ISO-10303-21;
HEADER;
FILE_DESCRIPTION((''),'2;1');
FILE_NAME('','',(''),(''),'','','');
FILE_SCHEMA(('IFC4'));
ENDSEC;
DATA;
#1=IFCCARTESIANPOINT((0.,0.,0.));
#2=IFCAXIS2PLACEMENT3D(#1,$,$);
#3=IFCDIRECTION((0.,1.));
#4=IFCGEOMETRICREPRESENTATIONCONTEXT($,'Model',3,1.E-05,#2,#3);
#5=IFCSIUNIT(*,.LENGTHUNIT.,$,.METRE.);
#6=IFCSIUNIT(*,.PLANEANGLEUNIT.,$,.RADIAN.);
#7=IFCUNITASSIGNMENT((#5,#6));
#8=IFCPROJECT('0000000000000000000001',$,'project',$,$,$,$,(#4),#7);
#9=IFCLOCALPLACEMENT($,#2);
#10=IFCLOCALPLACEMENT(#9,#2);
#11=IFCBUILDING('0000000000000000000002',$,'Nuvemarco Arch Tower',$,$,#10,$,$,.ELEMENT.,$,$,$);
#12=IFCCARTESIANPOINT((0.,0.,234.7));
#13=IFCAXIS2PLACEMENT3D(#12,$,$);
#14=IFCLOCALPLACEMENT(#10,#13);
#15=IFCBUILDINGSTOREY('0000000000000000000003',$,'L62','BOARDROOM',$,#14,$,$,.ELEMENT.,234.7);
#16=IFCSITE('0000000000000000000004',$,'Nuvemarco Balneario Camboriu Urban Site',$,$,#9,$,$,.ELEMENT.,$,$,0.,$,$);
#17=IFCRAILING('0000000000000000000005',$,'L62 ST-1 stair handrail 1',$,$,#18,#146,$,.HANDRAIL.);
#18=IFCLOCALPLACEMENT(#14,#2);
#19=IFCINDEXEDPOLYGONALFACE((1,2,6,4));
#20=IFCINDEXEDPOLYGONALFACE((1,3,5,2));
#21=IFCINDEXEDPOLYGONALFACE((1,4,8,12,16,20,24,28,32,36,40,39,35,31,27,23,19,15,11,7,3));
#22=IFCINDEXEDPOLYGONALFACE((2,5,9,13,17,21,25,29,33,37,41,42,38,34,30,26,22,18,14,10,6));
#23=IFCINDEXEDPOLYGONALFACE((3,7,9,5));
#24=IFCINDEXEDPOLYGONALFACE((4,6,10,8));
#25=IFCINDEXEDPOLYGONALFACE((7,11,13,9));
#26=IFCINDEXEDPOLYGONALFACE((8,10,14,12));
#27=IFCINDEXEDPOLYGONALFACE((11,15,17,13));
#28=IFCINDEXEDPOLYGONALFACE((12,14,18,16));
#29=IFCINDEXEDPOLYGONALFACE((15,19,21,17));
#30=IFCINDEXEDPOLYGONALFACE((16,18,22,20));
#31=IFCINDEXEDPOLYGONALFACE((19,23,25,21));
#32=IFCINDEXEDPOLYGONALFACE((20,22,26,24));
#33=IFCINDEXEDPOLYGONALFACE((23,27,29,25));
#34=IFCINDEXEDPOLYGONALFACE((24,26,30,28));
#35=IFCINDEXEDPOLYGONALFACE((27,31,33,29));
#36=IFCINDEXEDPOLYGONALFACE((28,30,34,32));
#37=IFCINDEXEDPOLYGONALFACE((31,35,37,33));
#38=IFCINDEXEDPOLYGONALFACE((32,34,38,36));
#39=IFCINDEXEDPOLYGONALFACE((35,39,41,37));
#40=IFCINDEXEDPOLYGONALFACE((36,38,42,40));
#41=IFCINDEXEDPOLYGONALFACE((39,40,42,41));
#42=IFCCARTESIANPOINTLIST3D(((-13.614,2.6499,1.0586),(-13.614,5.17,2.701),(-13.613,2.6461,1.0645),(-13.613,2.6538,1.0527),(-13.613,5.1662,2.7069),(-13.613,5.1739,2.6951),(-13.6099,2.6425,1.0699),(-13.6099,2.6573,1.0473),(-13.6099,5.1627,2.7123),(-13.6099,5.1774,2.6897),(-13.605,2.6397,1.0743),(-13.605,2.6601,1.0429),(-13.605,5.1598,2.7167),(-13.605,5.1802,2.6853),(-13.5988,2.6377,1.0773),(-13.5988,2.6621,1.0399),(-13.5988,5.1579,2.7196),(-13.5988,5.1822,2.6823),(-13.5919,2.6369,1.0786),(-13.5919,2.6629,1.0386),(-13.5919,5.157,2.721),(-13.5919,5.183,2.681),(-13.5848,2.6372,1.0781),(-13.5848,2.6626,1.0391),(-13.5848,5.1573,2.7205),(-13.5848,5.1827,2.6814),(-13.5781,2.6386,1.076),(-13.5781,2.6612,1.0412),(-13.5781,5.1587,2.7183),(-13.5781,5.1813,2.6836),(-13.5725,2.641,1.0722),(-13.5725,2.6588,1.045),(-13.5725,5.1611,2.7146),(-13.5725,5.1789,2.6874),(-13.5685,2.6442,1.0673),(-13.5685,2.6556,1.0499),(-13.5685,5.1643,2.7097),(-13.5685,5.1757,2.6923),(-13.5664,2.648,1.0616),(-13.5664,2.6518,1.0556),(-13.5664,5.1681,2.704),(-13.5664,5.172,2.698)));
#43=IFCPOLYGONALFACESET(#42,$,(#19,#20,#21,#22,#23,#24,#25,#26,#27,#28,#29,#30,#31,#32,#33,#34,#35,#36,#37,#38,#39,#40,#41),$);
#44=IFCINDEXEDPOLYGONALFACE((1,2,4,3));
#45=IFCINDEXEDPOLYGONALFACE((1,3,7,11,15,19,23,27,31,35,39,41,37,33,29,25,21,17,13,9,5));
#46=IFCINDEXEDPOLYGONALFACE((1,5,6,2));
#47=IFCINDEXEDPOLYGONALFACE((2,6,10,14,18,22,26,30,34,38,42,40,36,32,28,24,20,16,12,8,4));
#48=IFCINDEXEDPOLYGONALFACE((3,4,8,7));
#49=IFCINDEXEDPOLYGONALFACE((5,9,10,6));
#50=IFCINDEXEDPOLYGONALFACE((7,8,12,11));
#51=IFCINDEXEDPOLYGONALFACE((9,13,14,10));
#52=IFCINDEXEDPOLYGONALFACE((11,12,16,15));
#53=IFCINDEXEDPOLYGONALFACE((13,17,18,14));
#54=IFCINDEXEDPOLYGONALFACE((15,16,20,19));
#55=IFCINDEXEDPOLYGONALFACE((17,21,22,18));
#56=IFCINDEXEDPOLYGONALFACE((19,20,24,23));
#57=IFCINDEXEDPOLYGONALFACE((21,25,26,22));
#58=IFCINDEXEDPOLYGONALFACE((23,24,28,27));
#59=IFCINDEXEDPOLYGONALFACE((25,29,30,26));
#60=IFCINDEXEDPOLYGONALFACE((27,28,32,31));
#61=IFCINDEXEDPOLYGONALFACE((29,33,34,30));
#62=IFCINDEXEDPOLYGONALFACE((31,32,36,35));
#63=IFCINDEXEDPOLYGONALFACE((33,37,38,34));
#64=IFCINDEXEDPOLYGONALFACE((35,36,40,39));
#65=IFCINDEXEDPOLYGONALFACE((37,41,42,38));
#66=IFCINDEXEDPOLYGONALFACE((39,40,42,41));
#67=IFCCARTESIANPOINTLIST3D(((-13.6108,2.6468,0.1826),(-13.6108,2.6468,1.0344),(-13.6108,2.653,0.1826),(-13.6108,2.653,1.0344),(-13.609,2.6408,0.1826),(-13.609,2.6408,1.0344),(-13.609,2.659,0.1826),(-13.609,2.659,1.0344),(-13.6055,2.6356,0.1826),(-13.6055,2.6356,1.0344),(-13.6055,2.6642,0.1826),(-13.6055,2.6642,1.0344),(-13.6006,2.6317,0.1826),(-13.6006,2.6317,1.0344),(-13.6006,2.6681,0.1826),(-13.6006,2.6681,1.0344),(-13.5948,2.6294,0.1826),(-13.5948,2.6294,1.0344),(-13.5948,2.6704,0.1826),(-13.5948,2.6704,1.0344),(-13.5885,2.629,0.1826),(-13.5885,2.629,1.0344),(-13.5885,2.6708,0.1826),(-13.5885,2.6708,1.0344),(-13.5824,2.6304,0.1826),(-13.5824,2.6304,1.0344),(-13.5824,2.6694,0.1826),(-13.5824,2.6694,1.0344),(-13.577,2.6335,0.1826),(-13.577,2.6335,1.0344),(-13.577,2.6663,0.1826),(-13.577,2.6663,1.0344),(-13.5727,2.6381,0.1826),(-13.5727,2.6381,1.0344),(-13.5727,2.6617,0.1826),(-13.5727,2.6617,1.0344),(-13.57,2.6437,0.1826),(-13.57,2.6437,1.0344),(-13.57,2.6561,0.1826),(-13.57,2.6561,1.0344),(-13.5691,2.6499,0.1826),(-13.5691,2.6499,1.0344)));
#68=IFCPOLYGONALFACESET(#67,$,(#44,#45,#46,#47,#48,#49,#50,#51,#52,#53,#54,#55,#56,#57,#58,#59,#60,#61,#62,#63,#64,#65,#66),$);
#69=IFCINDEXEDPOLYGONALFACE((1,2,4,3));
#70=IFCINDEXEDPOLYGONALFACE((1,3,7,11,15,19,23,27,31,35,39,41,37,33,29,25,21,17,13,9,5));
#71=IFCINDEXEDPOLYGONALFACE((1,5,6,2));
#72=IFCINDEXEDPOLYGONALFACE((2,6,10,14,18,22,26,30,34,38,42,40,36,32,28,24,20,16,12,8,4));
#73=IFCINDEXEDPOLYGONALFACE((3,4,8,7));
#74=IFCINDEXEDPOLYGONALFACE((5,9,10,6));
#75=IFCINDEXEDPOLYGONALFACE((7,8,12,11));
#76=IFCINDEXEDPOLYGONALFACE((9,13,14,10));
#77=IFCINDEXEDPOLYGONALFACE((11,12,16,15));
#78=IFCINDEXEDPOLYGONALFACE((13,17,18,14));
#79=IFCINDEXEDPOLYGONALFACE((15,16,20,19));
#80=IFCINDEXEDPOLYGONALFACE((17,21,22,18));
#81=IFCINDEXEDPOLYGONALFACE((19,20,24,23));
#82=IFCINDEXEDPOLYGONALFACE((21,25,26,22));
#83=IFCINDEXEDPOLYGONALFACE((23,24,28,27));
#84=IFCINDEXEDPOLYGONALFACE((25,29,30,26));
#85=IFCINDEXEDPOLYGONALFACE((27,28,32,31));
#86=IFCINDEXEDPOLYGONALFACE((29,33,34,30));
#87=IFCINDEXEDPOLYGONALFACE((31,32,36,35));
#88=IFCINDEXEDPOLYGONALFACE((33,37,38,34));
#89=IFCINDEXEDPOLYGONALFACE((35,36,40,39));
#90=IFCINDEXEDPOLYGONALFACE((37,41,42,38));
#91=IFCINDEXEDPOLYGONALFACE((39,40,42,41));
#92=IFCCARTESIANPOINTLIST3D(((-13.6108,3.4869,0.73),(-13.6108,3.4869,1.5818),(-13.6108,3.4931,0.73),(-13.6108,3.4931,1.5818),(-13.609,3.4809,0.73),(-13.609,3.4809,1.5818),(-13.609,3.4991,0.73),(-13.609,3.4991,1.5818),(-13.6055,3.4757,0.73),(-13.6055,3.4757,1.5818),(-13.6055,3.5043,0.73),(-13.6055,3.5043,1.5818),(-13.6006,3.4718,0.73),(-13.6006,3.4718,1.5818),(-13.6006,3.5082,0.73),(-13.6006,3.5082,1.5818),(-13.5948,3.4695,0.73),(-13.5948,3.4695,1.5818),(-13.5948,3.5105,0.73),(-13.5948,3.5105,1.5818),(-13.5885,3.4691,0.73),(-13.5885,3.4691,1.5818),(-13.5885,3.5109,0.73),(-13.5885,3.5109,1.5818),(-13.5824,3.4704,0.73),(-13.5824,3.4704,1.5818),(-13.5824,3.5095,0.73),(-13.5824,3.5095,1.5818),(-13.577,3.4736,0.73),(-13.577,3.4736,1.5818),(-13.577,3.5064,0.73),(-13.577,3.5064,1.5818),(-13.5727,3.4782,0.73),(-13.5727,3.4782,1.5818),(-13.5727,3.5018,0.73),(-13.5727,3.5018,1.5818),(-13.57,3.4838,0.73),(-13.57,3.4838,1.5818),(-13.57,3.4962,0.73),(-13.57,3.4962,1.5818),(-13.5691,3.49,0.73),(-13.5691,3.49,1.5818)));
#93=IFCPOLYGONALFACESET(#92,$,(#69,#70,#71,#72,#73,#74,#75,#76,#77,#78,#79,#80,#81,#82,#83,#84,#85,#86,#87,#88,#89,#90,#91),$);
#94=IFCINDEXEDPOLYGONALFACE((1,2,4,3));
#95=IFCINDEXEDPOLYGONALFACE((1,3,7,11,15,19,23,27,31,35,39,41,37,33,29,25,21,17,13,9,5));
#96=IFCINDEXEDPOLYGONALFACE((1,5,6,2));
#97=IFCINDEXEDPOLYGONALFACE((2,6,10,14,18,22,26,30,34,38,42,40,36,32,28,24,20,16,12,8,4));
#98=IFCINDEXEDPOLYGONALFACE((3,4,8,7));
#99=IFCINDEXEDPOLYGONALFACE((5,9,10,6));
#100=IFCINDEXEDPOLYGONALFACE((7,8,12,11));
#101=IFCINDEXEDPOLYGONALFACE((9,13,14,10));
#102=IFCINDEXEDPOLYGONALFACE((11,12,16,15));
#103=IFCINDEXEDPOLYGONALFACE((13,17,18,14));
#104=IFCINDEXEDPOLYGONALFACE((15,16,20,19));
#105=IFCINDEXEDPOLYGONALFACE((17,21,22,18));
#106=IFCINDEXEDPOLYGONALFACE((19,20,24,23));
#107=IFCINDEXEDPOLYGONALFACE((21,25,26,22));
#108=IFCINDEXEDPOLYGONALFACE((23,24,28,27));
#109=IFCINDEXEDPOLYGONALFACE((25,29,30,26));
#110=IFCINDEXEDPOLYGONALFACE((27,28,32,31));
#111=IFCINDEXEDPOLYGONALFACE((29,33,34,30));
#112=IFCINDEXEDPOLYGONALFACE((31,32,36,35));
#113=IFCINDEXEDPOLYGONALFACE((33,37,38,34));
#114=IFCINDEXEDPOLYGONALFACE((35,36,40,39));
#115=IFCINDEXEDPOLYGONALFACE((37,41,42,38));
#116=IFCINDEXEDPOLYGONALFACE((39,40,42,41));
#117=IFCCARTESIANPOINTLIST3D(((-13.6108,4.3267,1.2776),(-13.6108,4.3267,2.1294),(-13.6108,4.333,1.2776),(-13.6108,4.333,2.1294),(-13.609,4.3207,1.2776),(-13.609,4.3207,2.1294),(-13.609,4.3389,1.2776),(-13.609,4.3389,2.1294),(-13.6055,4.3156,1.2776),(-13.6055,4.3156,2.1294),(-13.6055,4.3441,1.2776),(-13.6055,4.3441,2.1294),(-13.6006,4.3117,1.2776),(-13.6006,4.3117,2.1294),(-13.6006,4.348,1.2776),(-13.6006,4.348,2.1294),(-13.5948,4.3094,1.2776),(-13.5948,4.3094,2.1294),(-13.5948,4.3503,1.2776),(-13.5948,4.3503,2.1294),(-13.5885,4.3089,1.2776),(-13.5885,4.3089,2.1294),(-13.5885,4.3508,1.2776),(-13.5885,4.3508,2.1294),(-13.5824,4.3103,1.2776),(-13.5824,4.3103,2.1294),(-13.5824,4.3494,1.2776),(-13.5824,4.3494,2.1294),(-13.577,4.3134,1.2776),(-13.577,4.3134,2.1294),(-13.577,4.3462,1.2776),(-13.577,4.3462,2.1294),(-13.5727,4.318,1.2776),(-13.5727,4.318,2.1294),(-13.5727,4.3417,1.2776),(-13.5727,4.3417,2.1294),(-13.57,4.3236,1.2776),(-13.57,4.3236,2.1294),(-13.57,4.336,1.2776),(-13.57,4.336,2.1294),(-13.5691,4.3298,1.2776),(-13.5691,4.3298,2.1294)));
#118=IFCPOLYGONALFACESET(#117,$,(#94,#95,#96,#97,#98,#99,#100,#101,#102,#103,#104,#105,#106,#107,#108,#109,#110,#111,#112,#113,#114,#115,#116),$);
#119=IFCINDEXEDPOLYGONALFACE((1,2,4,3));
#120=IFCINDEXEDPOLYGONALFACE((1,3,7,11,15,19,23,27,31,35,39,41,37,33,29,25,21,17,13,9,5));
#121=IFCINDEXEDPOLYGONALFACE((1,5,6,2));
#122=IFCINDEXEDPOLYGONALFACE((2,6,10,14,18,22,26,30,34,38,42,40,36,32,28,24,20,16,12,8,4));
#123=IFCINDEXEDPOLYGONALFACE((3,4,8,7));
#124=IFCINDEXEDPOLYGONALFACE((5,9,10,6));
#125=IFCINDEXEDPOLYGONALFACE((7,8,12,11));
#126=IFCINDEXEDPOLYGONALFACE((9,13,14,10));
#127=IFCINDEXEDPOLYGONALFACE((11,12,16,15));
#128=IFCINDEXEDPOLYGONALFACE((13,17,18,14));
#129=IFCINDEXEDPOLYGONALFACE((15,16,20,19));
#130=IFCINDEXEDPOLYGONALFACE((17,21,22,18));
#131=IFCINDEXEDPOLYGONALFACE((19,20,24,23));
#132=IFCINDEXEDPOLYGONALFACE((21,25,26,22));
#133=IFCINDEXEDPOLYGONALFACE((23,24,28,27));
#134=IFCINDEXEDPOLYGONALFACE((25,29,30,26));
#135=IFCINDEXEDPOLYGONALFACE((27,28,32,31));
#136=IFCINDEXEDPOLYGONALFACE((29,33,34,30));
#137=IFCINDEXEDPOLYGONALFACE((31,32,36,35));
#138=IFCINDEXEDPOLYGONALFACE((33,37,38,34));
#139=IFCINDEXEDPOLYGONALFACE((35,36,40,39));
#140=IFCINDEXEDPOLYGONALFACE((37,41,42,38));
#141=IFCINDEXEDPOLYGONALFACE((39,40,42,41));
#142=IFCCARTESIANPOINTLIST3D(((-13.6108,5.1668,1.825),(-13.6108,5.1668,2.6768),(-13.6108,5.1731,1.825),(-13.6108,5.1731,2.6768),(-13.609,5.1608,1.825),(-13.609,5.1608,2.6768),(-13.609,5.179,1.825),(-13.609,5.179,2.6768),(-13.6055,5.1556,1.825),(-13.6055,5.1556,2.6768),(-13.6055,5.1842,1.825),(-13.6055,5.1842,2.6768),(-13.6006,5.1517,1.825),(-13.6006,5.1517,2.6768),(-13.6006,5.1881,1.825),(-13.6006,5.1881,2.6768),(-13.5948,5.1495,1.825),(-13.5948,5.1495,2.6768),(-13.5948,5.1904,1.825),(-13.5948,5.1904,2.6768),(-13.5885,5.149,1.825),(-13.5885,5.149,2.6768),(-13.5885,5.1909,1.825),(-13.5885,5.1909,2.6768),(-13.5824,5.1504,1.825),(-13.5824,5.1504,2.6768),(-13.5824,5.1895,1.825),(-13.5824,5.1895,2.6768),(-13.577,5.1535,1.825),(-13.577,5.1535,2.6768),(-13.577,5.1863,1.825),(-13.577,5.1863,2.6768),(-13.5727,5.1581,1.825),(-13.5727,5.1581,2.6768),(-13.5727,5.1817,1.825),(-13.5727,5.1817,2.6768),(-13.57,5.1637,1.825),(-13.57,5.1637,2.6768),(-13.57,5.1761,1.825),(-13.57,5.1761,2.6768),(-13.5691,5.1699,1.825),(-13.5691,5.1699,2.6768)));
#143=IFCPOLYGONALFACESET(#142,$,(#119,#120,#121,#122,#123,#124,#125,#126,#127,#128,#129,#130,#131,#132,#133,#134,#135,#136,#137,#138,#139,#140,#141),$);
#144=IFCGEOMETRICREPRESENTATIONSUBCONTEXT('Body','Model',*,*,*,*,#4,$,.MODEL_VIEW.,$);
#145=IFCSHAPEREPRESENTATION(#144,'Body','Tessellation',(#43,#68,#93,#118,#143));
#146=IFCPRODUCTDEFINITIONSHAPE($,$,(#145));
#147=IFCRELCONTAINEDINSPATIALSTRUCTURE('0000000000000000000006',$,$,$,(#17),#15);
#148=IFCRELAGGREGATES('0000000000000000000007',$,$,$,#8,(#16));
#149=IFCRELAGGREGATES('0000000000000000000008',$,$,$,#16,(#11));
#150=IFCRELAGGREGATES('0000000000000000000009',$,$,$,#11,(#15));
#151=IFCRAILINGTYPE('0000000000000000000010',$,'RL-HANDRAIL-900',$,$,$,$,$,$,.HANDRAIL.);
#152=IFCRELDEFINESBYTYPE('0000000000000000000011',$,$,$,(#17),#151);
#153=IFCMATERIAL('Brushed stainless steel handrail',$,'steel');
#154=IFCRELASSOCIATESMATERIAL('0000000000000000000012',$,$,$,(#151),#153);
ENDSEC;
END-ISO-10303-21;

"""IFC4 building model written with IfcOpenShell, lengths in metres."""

from ifc_helpers import new_model, si_unit, direction, frame, origin, origin_2d, place, context, subcontext, project, spatial, circle, extrude, material, type_object, element, save


model = new_model("IFC4")

# Units and contexts
model_context = context("Model", 3, precision=1e-05, world=origin(), true_north=direction((0.0, 1.0)))
body_context = subcontext(model_context, "Body", "Model", "MODEL_VIEW")
ifc_project = project(units=[si_unit("LENGTHUNIT", "METRE"), si_unit("PLANEANGLEUNIT", "RADIAN")], contexts=[model_context])

# Site, building, storey
site_placement = place(None, origin())
site = spatial("IfcSite", under=ifc_project, at=site_placement, Name="Nuvemarco Balneario Camboriu Urban Site", CompositionType="ELEMENT", RefElevation=0.0)
building_placement = place(site_placement, origin())
building = spatial("IfcBuilding", under=site, at=building_placement, Name="Nuvemarco Arch Tower", CompositionType="ELEMENT")
storey_placement = place(building_placement, frame((0.0, 0.0, 234.7)))
storey = spatial("IfcBuildingStorey", under=building, at=storey_placement, Name="L62", Description="BOARDROOM", CompositionType="ELEMENT", Elevation=234.7)

# Railing
ifc_material_1 = material(Name="Brushed stainless steel handrail", Category="steel")
railing_type_1 = type_object("IfcRailingType", Name="RL-HANDRAIL-900", PredefinedType="HANDRAIL", material=ifc_material_1)
railing_1_placement = place(storey_placement, frame((-13.5901, 2.6499, 0.1826)))
element("IfcRailing", 1, at=railing_1_placement, inside=storey, type_object=railing_type_1, Name="L62 ST-1 stair handrail 1", PredefinedType="HANDRAIL", context=body_context, shape_type="SweptSolid", body=[
    extrude(circle(Radius=0.0239, at=origin_2d()), frame((0.0, 0.0, 0.876), z_axis=(0.0, 0.837787, 0.545998), x_axis=(-1.0, 0.0, 0.0)), (0.0, 0.0, 1.0), 3.0081),
    extrude(circle(Radius=0.021, at=origin_2d()), origin(), (0.0, 0.0, 1.0), 0.8518),
    extrude(circle(Radius=0.021, at=origin_2d()), frame((0.0, 0.8401, 0.5474)), (0.0, 0.0, 1.0), 0.8518),
    extrude(circle(Radius=0.021, at=origin_2d()), frame((0.0, 1.6799, 1.095)), (0.0, 0.0, 1.0), 0.8518),
    extrude(circle(Radius=0.021, at=origin_2d()), frame((0.0, 2.52, 1.6423)), (0.0, 0.0, 1.0), 0.8518),
])

save(model, "model.ifc")
